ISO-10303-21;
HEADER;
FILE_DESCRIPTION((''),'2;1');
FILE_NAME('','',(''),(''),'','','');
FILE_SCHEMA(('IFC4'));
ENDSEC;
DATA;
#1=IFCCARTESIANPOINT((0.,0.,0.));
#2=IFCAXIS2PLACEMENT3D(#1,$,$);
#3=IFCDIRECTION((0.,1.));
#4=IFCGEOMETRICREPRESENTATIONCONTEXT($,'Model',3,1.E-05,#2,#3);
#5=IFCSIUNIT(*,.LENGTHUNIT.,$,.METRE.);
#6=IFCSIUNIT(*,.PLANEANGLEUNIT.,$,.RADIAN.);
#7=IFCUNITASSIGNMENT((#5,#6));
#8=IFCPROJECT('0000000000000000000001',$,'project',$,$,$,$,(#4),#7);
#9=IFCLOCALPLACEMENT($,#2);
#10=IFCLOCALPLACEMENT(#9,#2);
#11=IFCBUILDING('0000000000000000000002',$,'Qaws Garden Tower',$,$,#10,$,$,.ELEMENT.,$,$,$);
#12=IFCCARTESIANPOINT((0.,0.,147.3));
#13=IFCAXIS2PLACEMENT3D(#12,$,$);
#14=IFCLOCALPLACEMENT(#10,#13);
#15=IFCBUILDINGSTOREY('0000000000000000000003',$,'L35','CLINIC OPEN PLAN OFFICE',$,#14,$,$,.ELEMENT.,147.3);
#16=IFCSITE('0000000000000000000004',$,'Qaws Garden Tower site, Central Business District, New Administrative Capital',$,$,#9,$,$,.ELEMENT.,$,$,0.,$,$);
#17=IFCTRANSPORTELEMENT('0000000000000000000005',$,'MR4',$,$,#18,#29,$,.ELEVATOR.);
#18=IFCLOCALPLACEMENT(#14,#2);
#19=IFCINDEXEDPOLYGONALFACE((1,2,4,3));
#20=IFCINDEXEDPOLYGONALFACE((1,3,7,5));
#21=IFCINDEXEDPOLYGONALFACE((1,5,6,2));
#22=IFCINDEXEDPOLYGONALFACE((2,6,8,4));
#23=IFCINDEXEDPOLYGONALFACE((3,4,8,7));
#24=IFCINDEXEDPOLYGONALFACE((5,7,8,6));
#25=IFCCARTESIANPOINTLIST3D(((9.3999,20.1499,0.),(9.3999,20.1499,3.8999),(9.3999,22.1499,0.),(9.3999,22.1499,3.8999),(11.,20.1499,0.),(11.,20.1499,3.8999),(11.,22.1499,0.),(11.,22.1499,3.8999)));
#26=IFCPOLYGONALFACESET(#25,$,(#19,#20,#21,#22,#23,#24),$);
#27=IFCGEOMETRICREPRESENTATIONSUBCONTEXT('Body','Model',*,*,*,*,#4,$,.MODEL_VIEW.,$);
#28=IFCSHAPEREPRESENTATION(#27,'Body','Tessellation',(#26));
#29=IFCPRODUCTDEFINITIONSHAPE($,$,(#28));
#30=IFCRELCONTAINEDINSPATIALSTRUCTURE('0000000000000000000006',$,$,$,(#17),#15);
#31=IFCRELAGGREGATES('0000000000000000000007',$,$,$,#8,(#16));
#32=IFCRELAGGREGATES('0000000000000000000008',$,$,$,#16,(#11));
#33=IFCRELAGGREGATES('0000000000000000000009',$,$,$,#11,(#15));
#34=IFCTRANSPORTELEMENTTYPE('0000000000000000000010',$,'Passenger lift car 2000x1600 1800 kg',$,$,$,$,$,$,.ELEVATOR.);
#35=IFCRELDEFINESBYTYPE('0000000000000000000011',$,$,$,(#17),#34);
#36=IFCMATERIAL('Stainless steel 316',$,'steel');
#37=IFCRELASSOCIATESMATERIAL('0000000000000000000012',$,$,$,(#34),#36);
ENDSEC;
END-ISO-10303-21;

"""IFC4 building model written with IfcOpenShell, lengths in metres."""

from ifc_helpers import new_model, si_unit, direction, frame, origin, origin_2d, place, context, subcontext, project, spatial, rectangle, extrude, material, type_object, element, save


model = new_model("IFC4")

# Units and contexts
model_context = context("Model", 3, precision=1e-05, world=origin(), true_north=direction((0.0, 1.0)))
body_context = subcontext(model_context, "Body", "Model", "MODEL_VIEW")
ifc_project = project(units=[si_unit("LENGTHUNIT", "METRE"), si_unit("PLANEANGLEUNIT", "RADIAN")], contexts=[model_context])

# Site, building, storey
site_placement = place(None, origin())
site = spatial("IfcSite", under=ifc_project, at=site_placement, Name="Qaws Garden Tower site, Central Business District, New Administrative Capital", CompositionType="ELEMENT", RefElevation=0.0)
building_placement = place(site_placement, origin())
building = spatial("IfcBuilding", under=site, at=building_placement, Name="Qaws Garden Tower", CompositionType="ELEMENT")
storey_placement = place(building_placement, frame((0.0, 0.0, 147.3)))
storey = spatial("IfcBuildingStorey", under=building, at=storey_placement, Name="L35", Description="CLINIC OPEN PLAN OFFICE", CompositionType="ELEMENT", Elevation=147.3)

# Transport element
ifc_material_1 = material(Name="Stainless steel 316", Category="steel")
transport_element_type = type_object("IfcTransportElementType", Name="Passenger lift car 2000x1600 1800 kg", PredefinedType="ELEVATOR", material=ifc_material_1)
for number, where, z_axis, x_axis, name in (
    (1, (10.2, 21.1499, 0.0), (0.0, 0.0, 1.0), (1.0, 0.0, 0.0), "MR4"),
):
    element("IfcTransportElement", number, at=place(storey_placement, frame(where, z_axis=z_axis, x_axis=x_axis)), inside=storey, type_object=transport_element_type, Name=name, PredefinedType="ELEVATOR", context=body_context, shape_type="SweptSolid", body=[
        extrude(rectangle(XDim=1.6001, YDim=2.0, at=origin_2d()), origin(), (0.0, 0.0, 1.0), 3.8999),
    ])

save(model, "model.ifc")
